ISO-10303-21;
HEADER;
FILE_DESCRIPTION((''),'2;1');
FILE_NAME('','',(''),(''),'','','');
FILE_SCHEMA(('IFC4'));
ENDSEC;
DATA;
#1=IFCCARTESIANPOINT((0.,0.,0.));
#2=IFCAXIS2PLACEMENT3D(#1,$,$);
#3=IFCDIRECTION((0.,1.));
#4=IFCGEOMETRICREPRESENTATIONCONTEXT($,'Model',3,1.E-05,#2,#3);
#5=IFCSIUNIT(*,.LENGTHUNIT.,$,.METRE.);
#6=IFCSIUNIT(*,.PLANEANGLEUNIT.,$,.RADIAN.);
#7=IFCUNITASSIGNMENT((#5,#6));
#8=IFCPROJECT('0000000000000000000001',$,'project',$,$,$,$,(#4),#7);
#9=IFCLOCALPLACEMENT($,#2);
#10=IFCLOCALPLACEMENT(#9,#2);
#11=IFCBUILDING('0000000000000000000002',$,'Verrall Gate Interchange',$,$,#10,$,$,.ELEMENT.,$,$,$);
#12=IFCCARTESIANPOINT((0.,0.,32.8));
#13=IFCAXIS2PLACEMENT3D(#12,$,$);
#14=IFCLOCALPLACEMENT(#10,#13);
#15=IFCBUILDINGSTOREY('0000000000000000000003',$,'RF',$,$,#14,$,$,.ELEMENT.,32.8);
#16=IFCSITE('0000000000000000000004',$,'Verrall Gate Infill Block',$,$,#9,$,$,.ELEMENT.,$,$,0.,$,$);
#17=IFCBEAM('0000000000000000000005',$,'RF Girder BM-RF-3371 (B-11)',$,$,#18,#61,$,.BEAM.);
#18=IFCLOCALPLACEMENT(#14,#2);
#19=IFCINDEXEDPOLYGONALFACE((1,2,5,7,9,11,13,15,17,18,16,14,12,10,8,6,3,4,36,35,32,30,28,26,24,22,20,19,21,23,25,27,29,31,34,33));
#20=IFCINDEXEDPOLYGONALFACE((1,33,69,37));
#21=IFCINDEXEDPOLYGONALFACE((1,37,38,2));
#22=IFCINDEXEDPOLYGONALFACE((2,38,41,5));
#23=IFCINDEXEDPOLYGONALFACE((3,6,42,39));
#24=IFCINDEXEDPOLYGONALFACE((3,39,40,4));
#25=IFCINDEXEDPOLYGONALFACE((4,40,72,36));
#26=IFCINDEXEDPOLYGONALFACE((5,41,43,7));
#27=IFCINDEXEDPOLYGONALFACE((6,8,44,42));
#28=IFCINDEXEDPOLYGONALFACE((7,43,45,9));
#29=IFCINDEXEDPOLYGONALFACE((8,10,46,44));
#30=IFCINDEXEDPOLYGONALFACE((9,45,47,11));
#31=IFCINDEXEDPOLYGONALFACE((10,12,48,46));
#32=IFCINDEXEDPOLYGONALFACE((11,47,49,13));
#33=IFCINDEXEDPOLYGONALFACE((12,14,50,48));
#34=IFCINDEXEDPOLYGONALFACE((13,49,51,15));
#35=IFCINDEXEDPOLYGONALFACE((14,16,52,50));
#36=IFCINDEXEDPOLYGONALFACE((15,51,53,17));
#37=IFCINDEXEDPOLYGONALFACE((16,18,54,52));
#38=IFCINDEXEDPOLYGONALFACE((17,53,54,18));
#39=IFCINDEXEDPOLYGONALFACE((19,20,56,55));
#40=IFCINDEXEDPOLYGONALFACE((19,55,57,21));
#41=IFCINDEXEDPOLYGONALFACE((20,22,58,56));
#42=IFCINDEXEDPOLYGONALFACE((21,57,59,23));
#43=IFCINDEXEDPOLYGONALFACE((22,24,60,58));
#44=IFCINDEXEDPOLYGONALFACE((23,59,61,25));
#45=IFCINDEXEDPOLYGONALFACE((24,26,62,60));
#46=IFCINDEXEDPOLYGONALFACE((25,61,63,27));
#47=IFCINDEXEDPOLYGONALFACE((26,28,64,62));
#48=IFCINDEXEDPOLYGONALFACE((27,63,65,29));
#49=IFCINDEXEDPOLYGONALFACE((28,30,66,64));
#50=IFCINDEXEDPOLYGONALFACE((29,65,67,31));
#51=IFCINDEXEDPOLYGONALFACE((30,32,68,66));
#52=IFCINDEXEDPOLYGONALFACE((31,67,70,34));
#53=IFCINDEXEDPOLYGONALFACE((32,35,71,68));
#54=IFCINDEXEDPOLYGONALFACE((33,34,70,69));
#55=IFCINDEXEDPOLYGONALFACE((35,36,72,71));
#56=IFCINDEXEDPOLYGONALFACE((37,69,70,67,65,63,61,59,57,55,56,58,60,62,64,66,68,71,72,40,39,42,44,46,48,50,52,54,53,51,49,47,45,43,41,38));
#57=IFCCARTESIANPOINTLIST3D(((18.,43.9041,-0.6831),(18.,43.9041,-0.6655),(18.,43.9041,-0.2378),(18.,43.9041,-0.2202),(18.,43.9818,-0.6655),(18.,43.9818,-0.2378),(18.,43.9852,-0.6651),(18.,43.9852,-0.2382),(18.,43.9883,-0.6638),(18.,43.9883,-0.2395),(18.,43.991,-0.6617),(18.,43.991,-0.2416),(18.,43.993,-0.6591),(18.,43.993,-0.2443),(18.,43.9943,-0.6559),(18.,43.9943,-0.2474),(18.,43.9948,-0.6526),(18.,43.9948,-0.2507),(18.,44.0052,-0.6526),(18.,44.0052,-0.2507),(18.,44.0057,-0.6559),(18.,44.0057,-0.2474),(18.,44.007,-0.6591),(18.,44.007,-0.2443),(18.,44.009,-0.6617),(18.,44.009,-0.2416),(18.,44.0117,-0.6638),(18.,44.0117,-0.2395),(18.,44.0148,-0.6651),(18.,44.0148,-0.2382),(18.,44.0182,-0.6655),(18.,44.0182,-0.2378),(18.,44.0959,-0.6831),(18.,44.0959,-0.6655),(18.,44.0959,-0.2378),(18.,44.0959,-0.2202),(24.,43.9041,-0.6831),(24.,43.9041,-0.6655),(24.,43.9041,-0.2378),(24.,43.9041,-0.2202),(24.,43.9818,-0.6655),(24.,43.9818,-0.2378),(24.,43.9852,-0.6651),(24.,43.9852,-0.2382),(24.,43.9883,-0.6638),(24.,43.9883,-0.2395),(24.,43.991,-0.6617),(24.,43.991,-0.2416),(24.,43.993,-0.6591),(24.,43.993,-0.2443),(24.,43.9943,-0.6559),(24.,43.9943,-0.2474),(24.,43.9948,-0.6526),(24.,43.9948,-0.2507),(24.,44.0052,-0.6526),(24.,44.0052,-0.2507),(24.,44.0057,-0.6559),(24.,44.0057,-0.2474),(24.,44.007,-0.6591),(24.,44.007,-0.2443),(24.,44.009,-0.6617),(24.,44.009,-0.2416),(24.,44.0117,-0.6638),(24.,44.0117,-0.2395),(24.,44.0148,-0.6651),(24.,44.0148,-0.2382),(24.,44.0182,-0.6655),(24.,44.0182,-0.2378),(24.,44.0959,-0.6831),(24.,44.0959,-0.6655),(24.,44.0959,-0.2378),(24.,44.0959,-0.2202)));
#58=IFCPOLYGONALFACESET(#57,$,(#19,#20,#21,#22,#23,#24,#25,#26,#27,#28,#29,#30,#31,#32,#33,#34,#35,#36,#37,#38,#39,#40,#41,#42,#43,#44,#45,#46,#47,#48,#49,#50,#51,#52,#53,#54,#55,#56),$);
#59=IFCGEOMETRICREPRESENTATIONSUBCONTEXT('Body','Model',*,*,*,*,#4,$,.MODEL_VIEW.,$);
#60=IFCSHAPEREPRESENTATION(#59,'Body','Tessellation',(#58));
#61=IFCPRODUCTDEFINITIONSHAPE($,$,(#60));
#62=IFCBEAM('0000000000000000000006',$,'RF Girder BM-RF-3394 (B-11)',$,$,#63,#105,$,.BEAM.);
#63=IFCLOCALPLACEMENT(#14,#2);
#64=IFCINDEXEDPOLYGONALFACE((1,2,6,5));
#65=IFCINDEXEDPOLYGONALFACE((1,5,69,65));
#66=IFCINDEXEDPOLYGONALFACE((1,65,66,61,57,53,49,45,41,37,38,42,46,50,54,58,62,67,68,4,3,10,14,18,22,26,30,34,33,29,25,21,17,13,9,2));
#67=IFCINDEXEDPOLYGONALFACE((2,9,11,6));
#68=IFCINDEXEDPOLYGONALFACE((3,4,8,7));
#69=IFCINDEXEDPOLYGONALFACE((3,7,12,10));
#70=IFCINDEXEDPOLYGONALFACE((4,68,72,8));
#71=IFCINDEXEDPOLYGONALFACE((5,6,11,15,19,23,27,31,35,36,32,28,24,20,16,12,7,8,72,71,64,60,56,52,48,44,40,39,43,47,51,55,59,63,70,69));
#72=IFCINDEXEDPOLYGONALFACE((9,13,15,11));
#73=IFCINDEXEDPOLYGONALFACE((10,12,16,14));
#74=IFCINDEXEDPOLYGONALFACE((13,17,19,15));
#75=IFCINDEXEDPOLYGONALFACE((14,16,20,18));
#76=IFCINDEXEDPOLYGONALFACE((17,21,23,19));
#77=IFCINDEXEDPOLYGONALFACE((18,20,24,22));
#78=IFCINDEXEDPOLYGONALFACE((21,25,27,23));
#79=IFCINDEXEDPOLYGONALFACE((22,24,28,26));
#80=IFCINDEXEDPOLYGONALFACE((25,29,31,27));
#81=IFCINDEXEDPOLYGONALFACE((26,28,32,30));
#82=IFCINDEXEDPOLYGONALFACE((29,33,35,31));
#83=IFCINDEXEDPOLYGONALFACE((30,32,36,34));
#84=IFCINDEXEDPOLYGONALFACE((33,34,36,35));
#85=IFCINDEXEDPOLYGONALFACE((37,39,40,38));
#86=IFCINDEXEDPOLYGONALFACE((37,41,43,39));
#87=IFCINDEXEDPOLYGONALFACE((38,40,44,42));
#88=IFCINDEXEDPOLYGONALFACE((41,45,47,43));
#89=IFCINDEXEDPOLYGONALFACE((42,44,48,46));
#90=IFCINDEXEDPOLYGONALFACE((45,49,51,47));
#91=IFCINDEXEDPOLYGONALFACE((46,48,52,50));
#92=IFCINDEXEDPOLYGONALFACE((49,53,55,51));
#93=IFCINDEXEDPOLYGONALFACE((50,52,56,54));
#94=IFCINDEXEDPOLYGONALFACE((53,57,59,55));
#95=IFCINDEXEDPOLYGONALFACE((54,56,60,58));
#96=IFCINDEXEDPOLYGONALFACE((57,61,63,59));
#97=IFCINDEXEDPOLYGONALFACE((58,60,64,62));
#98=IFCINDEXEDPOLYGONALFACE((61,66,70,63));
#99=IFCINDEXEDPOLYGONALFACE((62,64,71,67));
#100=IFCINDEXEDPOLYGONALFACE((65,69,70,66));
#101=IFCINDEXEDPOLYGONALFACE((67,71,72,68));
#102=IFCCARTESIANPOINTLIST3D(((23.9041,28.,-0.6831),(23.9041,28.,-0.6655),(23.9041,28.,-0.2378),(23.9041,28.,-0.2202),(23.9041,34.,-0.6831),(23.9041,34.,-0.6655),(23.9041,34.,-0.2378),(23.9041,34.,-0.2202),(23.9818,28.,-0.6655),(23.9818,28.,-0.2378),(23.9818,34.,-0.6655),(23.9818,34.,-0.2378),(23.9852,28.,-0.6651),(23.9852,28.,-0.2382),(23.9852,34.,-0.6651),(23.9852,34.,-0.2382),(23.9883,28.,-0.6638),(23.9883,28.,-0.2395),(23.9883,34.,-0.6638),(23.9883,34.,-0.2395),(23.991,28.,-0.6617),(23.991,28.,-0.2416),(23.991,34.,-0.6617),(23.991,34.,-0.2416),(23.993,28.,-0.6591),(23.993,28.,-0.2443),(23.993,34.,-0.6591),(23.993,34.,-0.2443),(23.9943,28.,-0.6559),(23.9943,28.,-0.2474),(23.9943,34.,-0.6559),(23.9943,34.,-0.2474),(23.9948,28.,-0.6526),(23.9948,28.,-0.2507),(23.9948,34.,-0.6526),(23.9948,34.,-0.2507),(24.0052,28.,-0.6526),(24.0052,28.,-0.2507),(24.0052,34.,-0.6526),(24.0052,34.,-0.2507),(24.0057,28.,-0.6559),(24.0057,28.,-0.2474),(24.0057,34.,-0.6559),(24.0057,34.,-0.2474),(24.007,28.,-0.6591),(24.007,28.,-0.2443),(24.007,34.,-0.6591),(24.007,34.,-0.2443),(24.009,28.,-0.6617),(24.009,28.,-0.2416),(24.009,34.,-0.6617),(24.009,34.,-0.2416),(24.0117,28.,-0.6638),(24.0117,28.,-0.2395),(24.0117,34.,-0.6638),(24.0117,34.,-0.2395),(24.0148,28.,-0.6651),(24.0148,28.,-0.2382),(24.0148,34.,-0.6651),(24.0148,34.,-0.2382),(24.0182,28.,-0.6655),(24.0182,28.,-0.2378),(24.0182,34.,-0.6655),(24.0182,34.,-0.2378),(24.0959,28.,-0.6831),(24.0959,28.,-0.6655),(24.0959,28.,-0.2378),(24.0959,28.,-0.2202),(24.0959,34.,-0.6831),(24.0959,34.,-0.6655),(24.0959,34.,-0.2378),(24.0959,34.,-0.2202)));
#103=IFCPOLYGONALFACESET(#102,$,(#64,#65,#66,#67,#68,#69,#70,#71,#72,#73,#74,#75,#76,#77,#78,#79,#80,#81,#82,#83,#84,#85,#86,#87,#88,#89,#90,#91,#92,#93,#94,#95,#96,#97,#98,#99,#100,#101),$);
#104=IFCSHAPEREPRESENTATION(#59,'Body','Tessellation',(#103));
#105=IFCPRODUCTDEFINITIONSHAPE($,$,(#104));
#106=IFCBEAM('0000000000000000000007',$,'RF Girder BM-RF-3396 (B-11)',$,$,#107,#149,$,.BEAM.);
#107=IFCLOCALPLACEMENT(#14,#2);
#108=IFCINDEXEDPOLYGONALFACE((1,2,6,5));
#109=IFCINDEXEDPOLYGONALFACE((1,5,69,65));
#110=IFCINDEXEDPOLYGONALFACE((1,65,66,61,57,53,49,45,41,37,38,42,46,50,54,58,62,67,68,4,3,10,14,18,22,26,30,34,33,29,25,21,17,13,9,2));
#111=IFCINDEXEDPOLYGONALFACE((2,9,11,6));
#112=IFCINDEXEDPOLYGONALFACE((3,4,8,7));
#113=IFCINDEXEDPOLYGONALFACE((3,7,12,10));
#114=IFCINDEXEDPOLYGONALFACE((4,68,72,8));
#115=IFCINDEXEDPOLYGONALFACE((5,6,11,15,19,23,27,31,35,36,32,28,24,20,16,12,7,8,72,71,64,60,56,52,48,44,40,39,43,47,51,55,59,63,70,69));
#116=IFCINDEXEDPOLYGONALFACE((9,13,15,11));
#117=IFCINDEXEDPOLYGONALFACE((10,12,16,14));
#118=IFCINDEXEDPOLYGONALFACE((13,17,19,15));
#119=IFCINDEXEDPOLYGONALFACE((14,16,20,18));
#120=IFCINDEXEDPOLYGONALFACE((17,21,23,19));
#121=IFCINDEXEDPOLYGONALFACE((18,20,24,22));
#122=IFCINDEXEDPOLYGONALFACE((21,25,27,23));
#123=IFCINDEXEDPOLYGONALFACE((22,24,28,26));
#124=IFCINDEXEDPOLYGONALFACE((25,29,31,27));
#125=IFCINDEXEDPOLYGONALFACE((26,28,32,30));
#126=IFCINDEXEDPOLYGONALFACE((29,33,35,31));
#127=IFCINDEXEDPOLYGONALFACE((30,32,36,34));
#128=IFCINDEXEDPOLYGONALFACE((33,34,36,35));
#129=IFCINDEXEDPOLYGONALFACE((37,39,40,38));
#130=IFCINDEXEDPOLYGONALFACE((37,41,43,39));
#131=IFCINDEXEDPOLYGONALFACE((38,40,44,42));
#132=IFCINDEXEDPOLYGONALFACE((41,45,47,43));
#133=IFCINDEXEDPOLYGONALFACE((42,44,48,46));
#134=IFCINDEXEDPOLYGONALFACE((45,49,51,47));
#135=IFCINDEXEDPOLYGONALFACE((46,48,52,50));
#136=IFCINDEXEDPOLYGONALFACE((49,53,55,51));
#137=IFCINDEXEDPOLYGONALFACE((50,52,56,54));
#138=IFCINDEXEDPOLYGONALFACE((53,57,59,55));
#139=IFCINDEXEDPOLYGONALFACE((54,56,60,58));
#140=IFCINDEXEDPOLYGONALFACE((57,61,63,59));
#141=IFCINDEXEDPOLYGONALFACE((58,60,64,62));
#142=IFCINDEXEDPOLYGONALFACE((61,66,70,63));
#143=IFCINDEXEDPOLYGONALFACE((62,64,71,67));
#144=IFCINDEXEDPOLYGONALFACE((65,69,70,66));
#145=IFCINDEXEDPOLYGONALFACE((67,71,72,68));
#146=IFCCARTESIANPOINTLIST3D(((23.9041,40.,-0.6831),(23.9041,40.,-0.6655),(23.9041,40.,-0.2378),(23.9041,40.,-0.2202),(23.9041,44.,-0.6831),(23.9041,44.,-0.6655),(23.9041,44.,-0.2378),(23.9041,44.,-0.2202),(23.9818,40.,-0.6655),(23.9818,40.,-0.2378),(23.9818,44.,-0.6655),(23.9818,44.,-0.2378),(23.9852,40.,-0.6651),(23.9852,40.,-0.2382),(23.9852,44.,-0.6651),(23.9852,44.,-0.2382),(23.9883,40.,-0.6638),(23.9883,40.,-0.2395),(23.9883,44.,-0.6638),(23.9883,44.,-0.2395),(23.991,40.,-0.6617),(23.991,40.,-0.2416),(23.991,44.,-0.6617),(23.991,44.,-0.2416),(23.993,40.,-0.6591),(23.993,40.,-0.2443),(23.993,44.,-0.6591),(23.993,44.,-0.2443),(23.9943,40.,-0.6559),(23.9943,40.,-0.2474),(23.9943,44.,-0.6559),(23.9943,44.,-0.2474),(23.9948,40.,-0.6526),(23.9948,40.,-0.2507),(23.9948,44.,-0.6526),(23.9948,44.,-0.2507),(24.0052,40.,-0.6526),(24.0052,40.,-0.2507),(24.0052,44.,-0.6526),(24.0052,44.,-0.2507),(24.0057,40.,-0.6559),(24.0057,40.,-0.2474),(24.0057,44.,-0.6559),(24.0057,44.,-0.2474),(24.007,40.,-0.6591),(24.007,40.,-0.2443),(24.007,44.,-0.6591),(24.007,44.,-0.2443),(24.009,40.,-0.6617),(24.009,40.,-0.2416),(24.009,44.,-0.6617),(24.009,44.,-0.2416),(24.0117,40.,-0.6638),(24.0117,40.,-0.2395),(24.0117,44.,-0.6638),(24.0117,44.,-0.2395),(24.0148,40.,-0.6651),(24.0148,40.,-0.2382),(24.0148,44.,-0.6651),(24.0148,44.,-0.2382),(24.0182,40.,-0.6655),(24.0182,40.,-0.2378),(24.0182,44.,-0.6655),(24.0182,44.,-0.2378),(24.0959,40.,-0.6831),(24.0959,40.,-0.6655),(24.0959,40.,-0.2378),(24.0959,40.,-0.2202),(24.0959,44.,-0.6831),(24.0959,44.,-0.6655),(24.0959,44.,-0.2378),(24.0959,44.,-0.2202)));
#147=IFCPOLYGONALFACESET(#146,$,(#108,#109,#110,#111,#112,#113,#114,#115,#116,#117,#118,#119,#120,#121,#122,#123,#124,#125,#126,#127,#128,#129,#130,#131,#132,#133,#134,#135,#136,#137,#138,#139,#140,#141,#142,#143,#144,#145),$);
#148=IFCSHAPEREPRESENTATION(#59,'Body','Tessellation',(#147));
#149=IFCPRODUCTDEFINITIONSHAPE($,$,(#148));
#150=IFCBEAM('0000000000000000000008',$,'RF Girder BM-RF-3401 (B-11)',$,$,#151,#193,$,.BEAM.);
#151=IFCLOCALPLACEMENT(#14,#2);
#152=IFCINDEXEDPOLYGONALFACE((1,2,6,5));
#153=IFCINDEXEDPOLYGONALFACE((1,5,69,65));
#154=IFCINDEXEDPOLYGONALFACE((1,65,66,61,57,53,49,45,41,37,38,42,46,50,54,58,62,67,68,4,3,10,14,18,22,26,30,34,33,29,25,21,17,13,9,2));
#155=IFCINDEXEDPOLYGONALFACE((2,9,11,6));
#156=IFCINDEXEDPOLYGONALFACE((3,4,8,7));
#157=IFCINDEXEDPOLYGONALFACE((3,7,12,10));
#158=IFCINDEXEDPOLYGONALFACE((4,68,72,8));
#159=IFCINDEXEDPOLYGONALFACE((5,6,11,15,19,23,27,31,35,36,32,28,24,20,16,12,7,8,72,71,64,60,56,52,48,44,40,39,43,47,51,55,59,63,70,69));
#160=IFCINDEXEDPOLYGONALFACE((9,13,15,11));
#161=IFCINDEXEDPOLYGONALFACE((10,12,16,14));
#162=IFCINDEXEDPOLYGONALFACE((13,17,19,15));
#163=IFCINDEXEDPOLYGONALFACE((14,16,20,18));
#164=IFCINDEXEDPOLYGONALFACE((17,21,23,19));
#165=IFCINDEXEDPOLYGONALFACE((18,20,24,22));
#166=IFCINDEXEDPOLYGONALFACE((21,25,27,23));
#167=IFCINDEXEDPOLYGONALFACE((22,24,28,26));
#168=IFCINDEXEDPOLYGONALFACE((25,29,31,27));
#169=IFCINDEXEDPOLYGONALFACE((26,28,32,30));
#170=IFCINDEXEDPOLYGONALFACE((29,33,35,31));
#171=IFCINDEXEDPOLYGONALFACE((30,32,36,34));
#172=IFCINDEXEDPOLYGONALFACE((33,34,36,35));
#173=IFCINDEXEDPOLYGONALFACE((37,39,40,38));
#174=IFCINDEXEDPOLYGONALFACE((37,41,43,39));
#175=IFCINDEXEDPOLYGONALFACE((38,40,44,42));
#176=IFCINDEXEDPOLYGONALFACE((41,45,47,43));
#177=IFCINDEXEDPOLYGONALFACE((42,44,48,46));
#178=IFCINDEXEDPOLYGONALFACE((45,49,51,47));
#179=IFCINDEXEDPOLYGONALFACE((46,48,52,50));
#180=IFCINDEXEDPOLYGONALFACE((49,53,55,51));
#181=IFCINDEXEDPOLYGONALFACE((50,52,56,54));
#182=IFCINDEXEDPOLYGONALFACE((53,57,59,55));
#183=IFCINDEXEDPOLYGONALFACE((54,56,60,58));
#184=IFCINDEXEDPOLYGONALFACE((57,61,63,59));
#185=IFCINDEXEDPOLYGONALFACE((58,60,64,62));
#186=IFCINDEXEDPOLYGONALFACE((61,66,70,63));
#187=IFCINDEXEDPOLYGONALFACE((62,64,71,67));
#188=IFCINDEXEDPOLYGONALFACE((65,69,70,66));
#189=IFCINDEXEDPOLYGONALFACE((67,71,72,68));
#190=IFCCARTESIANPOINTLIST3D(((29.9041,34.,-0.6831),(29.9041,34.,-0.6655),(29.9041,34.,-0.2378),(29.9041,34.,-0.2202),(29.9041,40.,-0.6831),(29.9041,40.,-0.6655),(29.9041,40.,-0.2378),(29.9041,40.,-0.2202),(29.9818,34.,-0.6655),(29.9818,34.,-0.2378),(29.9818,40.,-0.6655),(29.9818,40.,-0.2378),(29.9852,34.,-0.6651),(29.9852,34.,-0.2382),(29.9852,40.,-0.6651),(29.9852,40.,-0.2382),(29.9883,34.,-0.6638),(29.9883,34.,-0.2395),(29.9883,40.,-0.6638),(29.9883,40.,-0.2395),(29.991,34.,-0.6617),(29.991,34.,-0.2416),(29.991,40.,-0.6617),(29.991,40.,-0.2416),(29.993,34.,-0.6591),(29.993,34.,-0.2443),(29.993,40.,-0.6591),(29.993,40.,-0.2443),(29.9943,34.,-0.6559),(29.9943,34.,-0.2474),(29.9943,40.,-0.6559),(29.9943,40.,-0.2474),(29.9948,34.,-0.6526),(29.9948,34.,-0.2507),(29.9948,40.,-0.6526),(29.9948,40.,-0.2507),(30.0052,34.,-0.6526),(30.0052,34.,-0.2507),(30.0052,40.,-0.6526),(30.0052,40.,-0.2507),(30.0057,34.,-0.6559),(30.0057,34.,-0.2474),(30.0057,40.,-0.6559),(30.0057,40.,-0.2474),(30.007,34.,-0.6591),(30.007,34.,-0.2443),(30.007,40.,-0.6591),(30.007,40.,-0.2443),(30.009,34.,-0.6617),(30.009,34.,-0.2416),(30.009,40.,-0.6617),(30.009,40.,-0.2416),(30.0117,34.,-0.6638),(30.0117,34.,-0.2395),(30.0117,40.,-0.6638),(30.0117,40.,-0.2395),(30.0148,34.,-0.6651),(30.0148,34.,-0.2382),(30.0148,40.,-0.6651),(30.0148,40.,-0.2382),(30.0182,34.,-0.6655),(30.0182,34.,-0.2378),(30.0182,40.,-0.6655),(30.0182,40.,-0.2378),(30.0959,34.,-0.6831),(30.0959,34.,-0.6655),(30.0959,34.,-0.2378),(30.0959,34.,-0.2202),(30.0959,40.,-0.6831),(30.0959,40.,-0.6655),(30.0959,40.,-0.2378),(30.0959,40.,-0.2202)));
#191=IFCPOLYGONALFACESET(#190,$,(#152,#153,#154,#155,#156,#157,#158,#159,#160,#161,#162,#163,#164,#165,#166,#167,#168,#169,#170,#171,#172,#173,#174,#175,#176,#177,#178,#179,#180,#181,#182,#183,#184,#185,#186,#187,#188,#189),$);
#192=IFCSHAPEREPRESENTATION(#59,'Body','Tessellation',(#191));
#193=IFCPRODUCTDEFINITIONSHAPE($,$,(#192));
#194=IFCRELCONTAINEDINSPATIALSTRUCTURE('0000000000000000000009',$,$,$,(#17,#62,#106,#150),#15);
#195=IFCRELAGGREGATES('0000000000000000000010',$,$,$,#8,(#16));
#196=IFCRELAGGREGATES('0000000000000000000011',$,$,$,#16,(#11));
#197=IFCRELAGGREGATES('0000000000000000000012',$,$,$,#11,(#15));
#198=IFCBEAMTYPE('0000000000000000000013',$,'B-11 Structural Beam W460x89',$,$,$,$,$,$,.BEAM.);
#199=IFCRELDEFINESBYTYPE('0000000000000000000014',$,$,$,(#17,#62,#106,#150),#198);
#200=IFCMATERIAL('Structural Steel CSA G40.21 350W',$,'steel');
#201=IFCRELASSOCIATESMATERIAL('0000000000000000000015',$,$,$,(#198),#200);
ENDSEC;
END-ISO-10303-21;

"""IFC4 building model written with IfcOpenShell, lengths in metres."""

from ifc_helpers import new_model, si_unit, direction, frame, origin, origin_2d, place, context, subcontext, project, spatial, i_section, extrude, material, material_profile, profile_set, type_object, element, save


model = new_model("IFC4")

# Units and contexts
model_context = context("Model", 3, precision=1e-05, world=origin(), true_north=direction((0.0, 1.0)))
body_context = subcontext(model_context, "Body", "Model", "MODEL_VIEW")
ifc_project = project(units=[si_unit("LENGTHUNIT", "METRE"), si_unit("PLANEANGLEUNIT", "RADIAN")], contexts=[model_context])

# Site, building, storey
site_placement = place(None, origin())
site = spatial("IfcSite", under=ifc_project, at=site_placement, Name="Verrall Gate Infill Block", CompositionType="ELEMENT", RefElevation=0.0)
building_placement = place(site_placement, origin())
building = spatial("IfcBuilding", under=site, at=building_placement, Name="Verrall Gate Interchange", CompositionType="ELEMENT")
storey_placement = place(building_placement, frame((0.0, 0.0, 32.8)))
storey = spatial("IfcBuildingStorey", under=building, at=storey_placement, Name="RF", CompositionType="ELEMENT", Elevation=32.8)

# Beams
ifc_material_1 = material(Name="Structural Steel CSA G40.21 350W", Category="steel")
ifc_material_profile_1 = material_profile(ifc_material_1, i_section(OverallWidth=0.1919, OverallDepth=0.4629, WebThickness=0.0105, FlangeThickness=0.0176, FilletRadius=0.0129, at=origin_2d()), Name="W460x89")
ifc_profile_set_1 = profile_set([ifc_material_profile_1], Name="Structural Steel CSA G40.21 350W")
beam_type_1 = type_object("IfcBeamType", Name="B-11 Structural Beam W460x89", PredefinedType="BEAM", material=ifc_profile_set_1)
for number, where, z_axis, x_axis, name in (
    (1, (18.0, 44.0, -0.4517), (1.0, 0.0, 0.0), (0.0, 1.0, 0.0), "RF Girder BM-RF-3371 (B-11)"),
    (2, (24.0, 28.0, -0.4517), (0.0, 1.0, 0.0), (-1.0, 0.0, 0.0), "RF Girder BM-RF-3394 (B-11)"),
):
    element("IfcBeam", number, at=place(storey_placement, frame(where, z_axis=z_axis, x_axis=x_axis)), inside=storey, type_object=beam_type_1, Name=name, PredefinedType="BEAM", context=body_context, shape_type="SweptSolid", body=[
        extrude(i_section(OverallWidth=0.1919, OverallDepth=0.4629, WebThickness=0.0105, FlangeThickness=0.0176, FilletRadius=0.0129, at=origin_2d()), origin(), (0.0, 0.0, 1.0), 6.0),
    ])
beam_1_placement = place(storey_placement, frame((24.0, 40.0, -0.4517), z_axis=(0.0, 1.0, 0.0), x_axis=(-1.0, 0.0, 0.0)))
element("IfcBeam", 3, at=beam_1_placement, inside=storey, type_object=beam_type_1, Name="RF Girder BM-RF-3396 (B-11)", PredefinedType="BEAM", context=body_context, shape_type="SweptSolid", body=[
    extrude(i_section(OverallWidth=0.1919, OverallDepth=0.4629, WebThickness=0.0105, FlangeThickness=0.0176, FilletRadius=0.0129, at=origin_2d()), origin(), (0.0, 0.0, 1.0), 4.0),
])
beam_2_placement = place(storey_placement, frame((30.0, 34.0, -0.4517), z_axis=(0.0, 1.0, 0.0), x_axis=(-1.0, 0.0, 0.0)))
element("IfcBeam", 4, at=beam_2_placement, inside=storey, type_object=beam_type_1, Name="RF Girder BM-RF-3401 (B-11)", PredefinedType="BEAM", context=body_context, shape_type="SweptSolid", body=[
    extrude(i_section(OverallWidth=0.1919, OverallDepth=0.4629, WebThickness=0.0105, FlangeThickness=0.0176, FilletRadius=0.0129, at=origin_2d()), origin(), (0.0, 0.0, 1.0), 6.0),
])

save(model, "model.ifc")
